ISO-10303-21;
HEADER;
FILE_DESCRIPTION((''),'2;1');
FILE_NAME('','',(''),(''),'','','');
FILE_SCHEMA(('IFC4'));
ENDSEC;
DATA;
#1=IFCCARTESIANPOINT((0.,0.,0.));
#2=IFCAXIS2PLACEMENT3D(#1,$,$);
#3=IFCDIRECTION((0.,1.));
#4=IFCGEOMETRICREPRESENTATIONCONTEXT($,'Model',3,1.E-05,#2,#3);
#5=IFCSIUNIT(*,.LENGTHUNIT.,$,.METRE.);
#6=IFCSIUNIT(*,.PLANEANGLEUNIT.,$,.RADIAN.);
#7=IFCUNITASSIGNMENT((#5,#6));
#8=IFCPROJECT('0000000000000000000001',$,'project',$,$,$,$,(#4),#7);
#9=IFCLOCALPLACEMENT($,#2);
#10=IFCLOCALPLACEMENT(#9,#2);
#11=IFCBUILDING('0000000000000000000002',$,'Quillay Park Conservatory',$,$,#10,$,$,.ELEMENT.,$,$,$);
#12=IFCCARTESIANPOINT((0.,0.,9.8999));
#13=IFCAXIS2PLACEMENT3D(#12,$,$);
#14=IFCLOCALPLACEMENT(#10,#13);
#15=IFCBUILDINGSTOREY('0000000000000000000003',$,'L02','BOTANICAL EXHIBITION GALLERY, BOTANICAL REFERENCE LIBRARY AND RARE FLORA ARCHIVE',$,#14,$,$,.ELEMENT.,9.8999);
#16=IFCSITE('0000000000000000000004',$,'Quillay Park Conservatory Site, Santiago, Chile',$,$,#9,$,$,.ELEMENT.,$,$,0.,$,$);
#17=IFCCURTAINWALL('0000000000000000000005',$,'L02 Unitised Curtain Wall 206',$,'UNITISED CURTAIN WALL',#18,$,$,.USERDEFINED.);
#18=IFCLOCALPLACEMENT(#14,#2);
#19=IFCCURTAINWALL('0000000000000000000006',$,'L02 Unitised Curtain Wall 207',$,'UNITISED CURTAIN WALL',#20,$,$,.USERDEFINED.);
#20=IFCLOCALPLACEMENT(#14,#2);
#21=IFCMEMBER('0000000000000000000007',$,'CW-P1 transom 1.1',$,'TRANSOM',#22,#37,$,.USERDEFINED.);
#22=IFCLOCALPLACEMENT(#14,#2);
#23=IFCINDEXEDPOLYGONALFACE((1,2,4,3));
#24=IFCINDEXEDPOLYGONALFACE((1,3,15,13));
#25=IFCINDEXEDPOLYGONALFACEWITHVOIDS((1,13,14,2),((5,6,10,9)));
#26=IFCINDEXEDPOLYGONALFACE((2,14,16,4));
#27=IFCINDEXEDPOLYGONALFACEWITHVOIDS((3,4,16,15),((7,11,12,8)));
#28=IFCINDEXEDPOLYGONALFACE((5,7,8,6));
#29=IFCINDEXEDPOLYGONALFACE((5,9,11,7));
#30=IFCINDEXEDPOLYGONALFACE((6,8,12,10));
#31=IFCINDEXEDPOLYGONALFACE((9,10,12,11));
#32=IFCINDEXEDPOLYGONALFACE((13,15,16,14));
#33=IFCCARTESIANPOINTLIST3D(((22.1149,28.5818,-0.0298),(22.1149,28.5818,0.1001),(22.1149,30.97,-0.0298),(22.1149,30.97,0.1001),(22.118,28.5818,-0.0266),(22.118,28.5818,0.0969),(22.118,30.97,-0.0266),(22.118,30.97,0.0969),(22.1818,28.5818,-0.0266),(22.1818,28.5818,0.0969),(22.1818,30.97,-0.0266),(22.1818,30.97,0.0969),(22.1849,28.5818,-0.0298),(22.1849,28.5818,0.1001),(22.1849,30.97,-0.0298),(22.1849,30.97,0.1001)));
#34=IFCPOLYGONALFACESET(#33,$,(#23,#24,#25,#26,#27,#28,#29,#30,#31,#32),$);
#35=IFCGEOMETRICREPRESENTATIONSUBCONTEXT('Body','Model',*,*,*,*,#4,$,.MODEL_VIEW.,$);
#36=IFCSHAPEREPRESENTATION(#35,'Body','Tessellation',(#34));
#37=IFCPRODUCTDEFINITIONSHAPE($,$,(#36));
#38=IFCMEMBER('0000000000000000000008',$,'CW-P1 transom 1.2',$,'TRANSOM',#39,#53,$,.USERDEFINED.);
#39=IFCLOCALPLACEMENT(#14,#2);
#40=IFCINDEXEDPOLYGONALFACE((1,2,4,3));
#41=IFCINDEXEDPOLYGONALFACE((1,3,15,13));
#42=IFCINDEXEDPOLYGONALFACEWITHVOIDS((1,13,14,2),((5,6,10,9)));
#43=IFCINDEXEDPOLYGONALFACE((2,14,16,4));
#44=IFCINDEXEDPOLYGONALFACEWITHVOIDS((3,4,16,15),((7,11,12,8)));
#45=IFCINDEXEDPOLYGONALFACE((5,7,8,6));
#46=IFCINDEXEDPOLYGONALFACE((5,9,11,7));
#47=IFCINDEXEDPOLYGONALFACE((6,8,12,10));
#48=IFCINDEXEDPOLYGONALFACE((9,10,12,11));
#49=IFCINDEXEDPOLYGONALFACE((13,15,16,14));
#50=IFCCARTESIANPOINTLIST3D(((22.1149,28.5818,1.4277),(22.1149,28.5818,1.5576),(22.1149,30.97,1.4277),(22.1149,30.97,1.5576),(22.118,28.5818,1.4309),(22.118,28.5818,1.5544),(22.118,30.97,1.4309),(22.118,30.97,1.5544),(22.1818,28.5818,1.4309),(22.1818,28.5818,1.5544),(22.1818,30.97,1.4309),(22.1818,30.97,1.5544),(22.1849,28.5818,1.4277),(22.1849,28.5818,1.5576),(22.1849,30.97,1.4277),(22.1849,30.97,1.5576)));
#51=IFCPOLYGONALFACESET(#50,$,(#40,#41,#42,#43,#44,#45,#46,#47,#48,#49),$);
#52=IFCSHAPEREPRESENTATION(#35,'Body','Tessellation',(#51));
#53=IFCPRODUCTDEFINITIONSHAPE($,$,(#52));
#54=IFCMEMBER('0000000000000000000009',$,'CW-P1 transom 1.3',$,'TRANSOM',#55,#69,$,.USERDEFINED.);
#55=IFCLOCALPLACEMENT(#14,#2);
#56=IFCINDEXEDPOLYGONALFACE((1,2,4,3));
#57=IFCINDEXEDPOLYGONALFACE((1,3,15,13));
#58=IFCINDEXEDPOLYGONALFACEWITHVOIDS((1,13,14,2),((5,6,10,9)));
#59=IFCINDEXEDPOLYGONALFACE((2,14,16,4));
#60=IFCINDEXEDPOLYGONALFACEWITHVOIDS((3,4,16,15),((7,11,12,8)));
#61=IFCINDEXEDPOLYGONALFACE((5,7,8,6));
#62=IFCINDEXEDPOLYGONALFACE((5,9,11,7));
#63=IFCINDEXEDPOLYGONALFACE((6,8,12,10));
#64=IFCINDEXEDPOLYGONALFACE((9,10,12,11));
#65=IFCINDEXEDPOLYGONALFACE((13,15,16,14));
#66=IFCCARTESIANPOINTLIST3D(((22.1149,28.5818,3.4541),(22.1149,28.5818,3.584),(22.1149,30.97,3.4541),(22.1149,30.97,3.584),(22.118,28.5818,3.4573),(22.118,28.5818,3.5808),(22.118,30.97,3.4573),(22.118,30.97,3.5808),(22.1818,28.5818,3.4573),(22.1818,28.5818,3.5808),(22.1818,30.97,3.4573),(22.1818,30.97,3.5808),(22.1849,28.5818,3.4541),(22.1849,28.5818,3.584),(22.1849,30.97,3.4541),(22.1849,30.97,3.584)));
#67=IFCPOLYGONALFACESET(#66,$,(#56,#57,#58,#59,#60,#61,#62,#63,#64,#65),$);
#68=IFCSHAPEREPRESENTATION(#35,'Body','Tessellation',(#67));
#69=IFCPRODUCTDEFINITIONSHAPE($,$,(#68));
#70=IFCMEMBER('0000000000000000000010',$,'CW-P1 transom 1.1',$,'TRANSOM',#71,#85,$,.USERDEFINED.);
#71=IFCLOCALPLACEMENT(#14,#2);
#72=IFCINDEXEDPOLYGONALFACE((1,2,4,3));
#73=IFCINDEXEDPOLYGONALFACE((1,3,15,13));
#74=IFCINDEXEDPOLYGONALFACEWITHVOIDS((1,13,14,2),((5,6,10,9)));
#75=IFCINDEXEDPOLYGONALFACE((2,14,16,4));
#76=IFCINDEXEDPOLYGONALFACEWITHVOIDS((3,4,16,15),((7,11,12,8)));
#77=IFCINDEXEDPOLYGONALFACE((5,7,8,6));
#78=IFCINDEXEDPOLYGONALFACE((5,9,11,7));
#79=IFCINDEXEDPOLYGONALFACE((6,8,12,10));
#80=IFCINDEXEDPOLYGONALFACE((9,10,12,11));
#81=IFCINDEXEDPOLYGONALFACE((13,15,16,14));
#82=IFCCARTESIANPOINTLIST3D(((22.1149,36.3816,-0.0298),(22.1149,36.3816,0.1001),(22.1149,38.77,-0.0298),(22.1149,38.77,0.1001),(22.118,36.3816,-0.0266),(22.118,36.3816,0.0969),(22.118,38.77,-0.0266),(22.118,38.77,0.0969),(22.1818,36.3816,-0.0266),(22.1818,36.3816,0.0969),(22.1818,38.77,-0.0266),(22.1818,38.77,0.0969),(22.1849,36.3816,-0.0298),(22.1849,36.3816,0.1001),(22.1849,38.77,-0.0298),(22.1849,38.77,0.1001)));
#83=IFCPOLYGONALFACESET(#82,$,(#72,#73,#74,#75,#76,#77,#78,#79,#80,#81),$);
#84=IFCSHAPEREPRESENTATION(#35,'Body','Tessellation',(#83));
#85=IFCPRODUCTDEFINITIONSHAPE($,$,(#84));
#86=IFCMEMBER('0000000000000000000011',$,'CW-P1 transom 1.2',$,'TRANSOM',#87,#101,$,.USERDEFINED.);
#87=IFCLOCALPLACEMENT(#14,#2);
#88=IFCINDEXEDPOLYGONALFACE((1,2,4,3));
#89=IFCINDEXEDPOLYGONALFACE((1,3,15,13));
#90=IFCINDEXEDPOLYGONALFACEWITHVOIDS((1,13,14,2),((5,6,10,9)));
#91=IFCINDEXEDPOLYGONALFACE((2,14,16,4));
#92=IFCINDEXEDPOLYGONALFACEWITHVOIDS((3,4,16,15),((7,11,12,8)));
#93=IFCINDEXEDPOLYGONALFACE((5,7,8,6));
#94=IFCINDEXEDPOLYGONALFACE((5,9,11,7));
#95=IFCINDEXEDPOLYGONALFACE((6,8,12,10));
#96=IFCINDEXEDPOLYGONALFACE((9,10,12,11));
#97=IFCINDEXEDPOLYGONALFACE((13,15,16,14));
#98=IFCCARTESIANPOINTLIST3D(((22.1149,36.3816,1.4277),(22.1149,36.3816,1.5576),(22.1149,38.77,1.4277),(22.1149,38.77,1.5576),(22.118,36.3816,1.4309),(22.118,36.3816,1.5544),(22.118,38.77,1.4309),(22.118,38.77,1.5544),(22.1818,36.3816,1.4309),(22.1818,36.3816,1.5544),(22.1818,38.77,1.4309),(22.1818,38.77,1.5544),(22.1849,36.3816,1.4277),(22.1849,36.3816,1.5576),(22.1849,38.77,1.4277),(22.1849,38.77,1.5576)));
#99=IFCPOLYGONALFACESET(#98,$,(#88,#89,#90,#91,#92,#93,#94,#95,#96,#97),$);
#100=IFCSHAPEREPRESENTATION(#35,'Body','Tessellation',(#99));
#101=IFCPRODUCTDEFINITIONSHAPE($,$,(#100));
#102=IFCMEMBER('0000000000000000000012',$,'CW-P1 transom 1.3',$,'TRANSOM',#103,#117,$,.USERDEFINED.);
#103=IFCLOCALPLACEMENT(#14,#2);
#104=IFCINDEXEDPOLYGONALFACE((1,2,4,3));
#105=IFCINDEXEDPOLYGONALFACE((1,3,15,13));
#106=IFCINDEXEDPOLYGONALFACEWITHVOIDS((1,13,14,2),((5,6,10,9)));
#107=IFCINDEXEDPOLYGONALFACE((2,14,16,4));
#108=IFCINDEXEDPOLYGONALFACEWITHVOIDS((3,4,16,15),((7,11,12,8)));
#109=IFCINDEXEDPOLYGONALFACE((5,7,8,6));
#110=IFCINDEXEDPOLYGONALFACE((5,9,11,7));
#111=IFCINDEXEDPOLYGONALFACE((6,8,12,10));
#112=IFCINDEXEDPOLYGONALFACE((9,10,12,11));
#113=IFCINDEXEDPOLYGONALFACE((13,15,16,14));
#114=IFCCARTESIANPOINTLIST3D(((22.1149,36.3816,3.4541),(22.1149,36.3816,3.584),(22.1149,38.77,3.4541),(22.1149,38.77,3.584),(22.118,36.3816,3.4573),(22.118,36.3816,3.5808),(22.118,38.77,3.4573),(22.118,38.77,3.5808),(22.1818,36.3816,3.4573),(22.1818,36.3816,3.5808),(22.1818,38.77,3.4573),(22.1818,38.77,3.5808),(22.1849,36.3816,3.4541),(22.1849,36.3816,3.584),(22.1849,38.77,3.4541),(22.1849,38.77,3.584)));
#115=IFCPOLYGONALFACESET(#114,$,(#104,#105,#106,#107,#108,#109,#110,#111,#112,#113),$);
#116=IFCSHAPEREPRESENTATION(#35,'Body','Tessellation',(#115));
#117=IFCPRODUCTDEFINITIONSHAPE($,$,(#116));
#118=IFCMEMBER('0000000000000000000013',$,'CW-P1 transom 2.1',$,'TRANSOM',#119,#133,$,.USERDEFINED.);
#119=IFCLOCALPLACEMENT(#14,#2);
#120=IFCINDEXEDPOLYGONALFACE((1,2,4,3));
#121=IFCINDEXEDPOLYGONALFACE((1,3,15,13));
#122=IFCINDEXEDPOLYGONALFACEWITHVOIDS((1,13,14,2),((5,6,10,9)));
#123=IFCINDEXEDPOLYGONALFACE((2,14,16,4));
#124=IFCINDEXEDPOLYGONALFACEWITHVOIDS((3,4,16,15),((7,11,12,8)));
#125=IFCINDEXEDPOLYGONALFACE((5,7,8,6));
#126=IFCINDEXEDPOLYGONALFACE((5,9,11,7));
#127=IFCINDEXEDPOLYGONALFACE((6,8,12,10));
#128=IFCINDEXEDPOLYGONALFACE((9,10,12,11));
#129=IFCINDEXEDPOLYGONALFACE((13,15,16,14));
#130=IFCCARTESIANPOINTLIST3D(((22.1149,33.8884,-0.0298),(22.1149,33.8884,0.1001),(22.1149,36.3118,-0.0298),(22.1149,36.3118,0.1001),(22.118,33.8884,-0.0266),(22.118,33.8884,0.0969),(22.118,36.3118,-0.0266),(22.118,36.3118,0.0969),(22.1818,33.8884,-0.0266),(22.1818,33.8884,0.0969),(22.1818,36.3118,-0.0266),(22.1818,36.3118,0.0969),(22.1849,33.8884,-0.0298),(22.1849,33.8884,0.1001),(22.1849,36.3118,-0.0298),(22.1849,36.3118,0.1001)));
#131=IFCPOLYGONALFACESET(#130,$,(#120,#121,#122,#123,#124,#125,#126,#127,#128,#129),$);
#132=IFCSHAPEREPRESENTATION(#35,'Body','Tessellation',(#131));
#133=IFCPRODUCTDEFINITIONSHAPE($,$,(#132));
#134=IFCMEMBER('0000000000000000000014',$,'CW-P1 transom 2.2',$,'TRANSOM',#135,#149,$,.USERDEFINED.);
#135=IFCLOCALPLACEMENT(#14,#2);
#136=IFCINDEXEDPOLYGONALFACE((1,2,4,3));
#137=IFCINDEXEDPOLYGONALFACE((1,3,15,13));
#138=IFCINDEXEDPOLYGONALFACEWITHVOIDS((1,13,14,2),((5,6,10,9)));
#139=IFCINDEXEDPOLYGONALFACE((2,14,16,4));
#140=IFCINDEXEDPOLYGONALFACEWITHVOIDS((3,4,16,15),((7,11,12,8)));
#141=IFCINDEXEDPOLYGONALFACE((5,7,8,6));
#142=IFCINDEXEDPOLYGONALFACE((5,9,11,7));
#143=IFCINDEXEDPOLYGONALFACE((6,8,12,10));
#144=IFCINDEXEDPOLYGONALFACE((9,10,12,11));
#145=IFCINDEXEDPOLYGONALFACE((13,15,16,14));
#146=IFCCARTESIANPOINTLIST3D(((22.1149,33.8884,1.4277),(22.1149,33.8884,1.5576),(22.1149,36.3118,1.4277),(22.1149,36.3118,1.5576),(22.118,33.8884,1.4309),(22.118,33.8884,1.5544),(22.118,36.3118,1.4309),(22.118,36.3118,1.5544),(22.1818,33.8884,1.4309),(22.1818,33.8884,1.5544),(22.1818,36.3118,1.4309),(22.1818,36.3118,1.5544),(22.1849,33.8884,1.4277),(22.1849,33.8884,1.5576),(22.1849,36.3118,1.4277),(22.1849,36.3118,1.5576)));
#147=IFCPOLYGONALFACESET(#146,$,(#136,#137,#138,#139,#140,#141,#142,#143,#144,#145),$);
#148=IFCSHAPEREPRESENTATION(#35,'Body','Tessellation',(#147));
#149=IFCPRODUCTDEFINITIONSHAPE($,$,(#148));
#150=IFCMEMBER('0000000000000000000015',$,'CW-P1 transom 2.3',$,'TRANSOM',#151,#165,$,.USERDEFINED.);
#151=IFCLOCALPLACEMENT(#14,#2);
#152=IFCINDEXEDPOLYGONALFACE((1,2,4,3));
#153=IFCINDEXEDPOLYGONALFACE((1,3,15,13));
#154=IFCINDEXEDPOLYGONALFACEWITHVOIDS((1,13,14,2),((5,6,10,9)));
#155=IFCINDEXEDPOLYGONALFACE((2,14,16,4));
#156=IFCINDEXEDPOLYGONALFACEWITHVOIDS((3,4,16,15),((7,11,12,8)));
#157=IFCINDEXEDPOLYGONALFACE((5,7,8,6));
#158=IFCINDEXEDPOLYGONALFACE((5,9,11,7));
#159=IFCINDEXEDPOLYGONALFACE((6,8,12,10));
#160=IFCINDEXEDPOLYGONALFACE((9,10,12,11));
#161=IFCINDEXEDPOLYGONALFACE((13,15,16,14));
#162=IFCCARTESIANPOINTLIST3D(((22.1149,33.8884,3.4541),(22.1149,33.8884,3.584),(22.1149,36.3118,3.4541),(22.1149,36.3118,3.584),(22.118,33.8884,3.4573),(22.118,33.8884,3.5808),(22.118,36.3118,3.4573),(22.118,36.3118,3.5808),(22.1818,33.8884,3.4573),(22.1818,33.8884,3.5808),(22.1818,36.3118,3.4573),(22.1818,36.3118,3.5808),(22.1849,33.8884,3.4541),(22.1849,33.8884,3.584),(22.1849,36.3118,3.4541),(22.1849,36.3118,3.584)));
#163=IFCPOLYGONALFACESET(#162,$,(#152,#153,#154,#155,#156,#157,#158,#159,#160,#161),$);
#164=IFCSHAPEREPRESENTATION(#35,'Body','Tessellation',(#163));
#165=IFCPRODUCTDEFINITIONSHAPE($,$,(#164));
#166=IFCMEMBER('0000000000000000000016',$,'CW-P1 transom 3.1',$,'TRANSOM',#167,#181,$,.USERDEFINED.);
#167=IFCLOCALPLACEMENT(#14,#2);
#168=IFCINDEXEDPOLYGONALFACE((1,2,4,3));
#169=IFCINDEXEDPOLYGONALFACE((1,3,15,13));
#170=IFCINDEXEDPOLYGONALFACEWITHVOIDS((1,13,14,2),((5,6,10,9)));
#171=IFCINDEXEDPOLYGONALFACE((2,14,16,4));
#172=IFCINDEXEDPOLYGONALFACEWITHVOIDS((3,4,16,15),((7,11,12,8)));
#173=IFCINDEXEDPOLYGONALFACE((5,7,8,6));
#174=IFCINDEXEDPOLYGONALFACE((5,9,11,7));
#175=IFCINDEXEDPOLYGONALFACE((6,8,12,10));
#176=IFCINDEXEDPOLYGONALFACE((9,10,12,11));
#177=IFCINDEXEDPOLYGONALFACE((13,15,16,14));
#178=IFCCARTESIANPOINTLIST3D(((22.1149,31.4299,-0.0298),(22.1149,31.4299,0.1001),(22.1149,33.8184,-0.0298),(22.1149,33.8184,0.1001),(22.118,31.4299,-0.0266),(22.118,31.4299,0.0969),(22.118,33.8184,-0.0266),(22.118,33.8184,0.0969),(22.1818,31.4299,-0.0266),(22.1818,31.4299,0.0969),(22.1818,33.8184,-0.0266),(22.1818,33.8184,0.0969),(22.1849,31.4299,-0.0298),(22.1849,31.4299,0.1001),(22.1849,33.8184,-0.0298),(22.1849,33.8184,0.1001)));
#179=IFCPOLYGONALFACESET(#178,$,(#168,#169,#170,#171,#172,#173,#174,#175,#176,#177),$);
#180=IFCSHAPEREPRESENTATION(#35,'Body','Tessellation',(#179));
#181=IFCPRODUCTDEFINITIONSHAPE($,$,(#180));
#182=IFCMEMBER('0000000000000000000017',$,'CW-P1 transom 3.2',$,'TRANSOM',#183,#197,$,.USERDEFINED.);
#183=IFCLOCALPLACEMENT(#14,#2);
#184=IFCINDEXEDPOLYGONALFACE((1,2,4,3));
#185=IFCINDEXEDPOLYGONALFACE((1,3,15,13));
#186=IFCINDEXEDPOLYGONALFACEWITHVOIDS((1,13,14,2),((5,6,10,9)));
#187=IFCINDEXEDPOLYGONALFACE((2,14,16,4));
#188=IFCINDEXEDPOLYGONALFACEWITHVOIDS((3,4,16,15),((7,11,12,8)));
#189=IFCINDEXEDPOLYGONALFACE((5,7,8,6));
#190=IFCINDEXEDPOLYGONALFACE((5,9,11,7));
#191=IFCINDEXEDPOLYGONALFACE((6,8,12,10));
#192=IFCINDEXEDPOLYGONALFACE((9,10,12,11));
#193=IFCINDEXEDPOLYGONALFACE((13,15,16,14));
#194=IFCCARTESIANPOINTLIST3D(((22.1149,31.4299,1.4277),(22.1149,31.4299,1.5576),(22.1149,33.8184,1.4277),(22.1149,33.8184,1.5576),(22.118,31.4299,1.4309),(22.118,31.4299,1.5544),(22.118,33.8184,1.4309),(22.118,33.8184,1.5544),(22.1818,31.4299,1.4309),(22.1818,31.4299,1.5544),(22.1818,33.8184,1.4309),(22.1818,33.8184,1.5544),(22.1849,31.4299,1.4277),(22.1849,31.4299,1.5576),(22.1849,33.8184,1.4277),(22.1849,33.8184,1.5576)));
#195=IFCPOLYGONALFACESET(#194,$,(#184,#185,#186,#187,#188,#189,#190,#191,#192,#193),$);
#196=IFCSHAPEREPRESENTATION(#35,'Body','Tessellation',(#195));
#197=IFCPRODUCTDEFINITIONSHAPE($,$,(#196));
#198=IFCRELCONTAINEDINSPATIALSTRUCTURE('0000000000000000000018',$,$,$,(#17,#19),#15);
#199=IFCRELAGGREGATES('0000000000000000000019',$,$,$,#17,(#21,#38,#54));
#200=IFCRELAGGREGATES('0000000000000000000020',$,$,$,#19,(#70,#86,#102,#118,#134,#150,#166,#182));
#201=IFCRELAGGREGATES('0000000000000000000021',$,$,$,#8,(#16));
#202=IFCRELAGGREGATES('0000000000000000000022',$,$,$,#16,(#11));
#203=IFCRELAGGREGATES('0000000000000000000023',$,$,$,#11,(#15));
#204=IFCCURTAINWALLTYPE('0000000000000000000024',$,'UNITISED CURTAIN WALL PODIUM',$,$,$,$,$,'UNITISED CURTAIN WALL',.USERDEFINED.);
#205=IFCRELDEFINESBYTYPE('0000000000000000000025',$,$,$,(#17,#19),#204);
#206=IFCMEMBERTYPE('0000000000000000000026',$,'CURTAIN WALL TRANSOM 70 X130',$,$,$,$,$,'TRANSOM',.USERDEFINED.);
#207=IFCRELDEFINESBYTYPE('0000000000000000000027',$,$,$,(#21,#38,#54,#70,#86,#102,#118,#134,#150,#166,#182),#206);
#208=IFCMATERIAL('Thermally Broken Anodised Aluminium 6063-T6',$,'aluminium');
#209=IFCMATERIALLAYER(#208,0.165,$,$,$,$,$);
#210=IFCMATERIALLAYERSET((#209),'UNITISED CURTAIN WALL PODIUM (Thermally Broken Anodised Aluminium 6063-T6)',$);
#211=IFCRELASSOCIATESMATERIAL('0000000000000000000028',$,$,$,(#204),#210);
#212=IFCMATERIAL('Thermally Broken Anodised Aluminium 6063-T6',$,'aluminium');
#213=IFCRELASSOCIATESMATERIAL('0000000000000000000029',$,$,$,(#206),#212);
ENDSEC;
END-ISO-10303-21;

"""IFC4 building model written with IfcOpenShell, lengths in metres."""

from ifc_helpers import new_model, si_unit, direction, frame, origin, origin_2d, place, context, subcontext, project, spatial, hollow_rectangle, extrude, material, layer, layer_set, material_profile, profile_set, type_object, element, aggregate, save


model = new_model("IFC4")

# Units and contexts
model_context = context("Model", 3, precision=1e-05, world=origin(), true_north=direction((0.0, 1.0)))
body_context = subcontext(model_context, "Body", "Model", "MODEL_VIEW")
ifc_project = project(units=[si_unit("LENGTHUNIT", "METRE"), si_unit("PLANEANGLEUNIT", "RADIAN")], contexts=[model_context])

# Site, building, storey
site_placement = place(None, origin())
site = spatial("IfcSite", under=ifc_project, at=site_placement, Name="Quillay Park Conservatory Site, Santiago, Chile", CompositionType="ELEMENT", RefElevation=0.0)
building_placement = place(site_placement, origin())
building = spatial("IfcBuilding", under=site, at=building_placement, Name="Quillay Park Conservatory", CompositionType="ELEMENT")
storey_placement = place(building_placement, frame((0.0, 0.0, 9.8999)))
storey = spatial("IfcBuildingStorey", under=building, at=storey_placement, Name="L02", Description="BOTANICAL EXHIBITION GALLERY, BOTANICAL REFERENCE LIBRARY AND RARE FLORA ARCHIVE", CompositionType="ELEMENT", Elevation=9.8999)

# Curtain wall
ifc_material_1 = material(Name="Thermally Broken Anodised Aluminium 6063-T6", Category="aluminium")
ifc_layer_1 = layer(ifc_material_1, 0.165)
ifc_layer_set_1 = layer_set([ifc_layer_1], Name="UNITISED CURTAIN WALL PODIUM (Thermally Broken Anodised Aluminium 6063-T6)")
curtain_wall_type = type_object("IfcCurtainWallType", Name="UNITISED CURTAIN WALL PODIUM", ElementType="UNITISED CURTAIN WALL", PredefinedType="USERDEFINED", material=ifc_layer_set_1)
curtain_wall_1_placement = place(storey_placement, origin())
curtain_wall_1 = element("IfcCurtainWall", 1, at=curtain_wall_1_placement, inside=storey, type_object=curtain_wall_type, Name="L02 Unitised Curtain Wall 206", ObjectType="UNITISED CURTAIN WALL", PredefinedType="USERDEFINED")

# Curtain wall
curtain_wall_2_placement = place(storey_placement, origin())
curtain_wall_2 = element("IfcCurtainWall", 2, at=curtain_wall_2_placement, inside=storey, type_object=curtain_wall_type, Name="L02 Unitised Curtain Wall 207", ObjectType="UNITISED CURTAIN WALL", PredefinedType="USERDEFINED")

# Members
ifc_material_2 = material(Name="Thermally Broken Anodised Aluminium 6063-T6", Category="aluminium")
ifc_material_profile_1 = material_profile(ifc_material_2, hollow_rectangle(XDim=0.0701, YDim=0.1299, WallThickness=0.0032, at=origin_2d()), Name="AL70x130x3.2")
ifc_profile_set_1 = profile_set([ifc_material_profile_1], Name="Thermally Broken Anodised Aluminium 6063-T6")
member_type_1 = type_object("IfcMemberType", Name="CURTAIN WALL TRANSOM 70 X130", ElementType="TRANSOM", PredefinedType="USERDEFINED", material=ifc_profile_set_1)
member_1_placement = place(storey_placement, frame((22.1499, 30.97, 0.0352), z_axis=(0.0, -1.0, 0.0), x_axis=(1.0, 0.0, 0.0)))
member_1 = element("IfcMember", 3, at=member_1_placement, type_object=member_type_1, Name="CW-P1 transom 1.1", ObjectType="TRANSOM", PredefinedType="USERDEFINED", context=body_context, shape_type="SweptSolid", body=[
    extrude(hollow_rectangle(XDim=0.0701, YDim=0.1299, WallThickness=0.0032, at=origin_2d()), origin(), (0.0, 0.0, 1.0), 2.3882),
])
member_2_placement = place(storey_placement, frame((22.1499, 30.97, 1.4927), z_axis=(0.0, -1.0, 0.0), x_axis=(1.0, 0.0, 0.0)))
member_2 = element("IfcMember", 4, at=member_2_placement, type_object=member_type_1, Name="CW-P1 transom 1.2", ObjectType="TRANSOM", PredefinedType="USERDEFINED", context=body_context, shape_type="SweptSolid", body=[
    extrude(hollow_rectangle(XDim=0.0701, YDim=0.1299, WallThickness=0.0032, at=origin_2d()), origin(), (0.0, 0.0, 1.0), 2.3882),
])
member_3_placement = place(storey_placement, frame((22.1499, 30.97, 3.519), z_axis=(0.0, -1.0, 0.0), x_axis=(1.0, 0.0, 0.0)))
member_3 = element("IfcMember", 5, at=member_3_placement, type_object=member_type_1, Name="CW-P1 transom 1.3", ObjectType="TRANSOM", PredefinedType="USERDEFINED", context=body_context, shape_type="SweptSolid", body=[
    extrude(hollow_rectangle(XDim=0.0701, YDim=0.1299, WallThickness=0.0032, at=origin_2d()), origin(), (0.0, 0.0, 1.0), 2.3882),
])
member_4_placement = place(storey_placement, frame((22.1499, 38.77, 0.0352), z_axis=(0.0, -1.0, 0.0), x_axis=(1.0, 0.0, 0.0)))
member_4 = element("IfcMember", 6, at=member_4_placement, type_object=member_type_1, Name="CW-P1 transom 1.1", ObjectType="TRANSOM", PredefinedType="USERDEFINED", context=body_context, shape_type="SweptSolid", body=[
    extrude(hollow_rectangle(XDim=0.0701, YDim=0.1299, WallThickness=0.0032, at=origin_2d()), origin(), (0.0, 0.0, 1.0), 2.3884),
])
member_5_placement = place(storey_placement, frame((22.1499, 38.77, 1.4927), z_axis=(0.0, -1.0, 0.0), x_axis=(1.0, 0.0, 0.0)))
member_5 = element("IfcMember", 7, at=member_5_placement, type_object=member_type_1, Name="CW-P1 transom 1.2", ObjectType="TRANSOM", PredefinedType="USERDEFINED", context=body_context, shape_type="SweptSolid", body=[
    extrude(hollow_rectangle(XDim=0.0701, YDim=0.1299, WallThickness=0.0032, at=origin_2d()), origin(), (0.0, 0.0, 1.0), 2.3884),
])
member_6_placement = place(storey_placement, frame((22.1499, 38.77, 3.519), z_axis=(0.0, -1.0, 0.0), x_axis=(1.0, 0.0, 0.0)))
member_6 = element("IfcMember", 8, at=member_6_placement, type_object=member_type_1, Name="CW-P1 transom 1.3", ObjectType="TRANSOM", PredefinedType="USERDEFINED", context=body_context, shape_type="SweptSolid", body=[
    extrude(hollow_rectangle(XDim=0.0701, YDim=0.1299, WallThickness=0.0032, at=origin_2d()), origin(), (0.0, 0.0, 1.0), 2.3884),
])
member_7_placement = place(storey_placement, frame((22.1499, 36.3118, 0.0352), z_axis=(0.0, -1.0, 0.0), x_axis=(1.0, 0.0, 0.0)))
member_7 = element("IfcMember", 9, at=member_7_placement, type_object=member_type_1, Name="CW-P1 transom 2.1", ObjectType="TRANSOM", PredefinedType="USERDEFINED", context=body_context, shape_type="SweptSolid", body=[
    extrude(hollow_rectangle(XDim=0.0701, YDim=0.1299, WallThickness=0.0032, at=origin_2d()), origin(), (0.0, 0.0, 1.0), 2.4233),
])
member_8_placement = place(storey_placement, frame((22.1499, 36.3118, 1.4927), z_axis=(0.0, -1.0, 0.0), x_axis=(1.0, 0.0, 0.0)))
member_8 = element("IfcMember", 10, at=member_8_placement, type_object=member_type_1, Name="CW-P1 transom 2.2", ObjectType="TRANSOM", PredefinedType="USERDEFINED", context=body_context, shape_type="SweptSolid", body=[
    extrude(hollow_rectangle(XDim=0.0701, YDim=0.1299, WallThickness=0.0032, at=origin_2d()), origin(), (0.0, 0.0, 1.0), 2.4233),
])
member_9_placement = place(storey_placement, frame((22.1499, 36.3118, 3.519), z_axis=(0.0, -1.0, 0.0), x_axis=(1.0, 0.0, 0.0)))
member_9 = element("IfcMember", 11, at=member_9_placement, type_object=member_type_1, Name="CW-P1 transom 2.3", ObjectType="TRANSOM", PredefinedType="USERDEFINED", context=body_context, shape_type="SweptSolid", body=[
    extrude(hollow_rectangle(XDim=0.0701, YDim=0.1299, WallThickness=0.0032, at=origin_2d()), origin(), (0.0, 0.0, 1.0), 2.4233),
])
member_10_placement = place(storey_placement, frame((22.1499, 33.8184, 0.0352), z_axis=(0.0, -1.0, 0.0), x_axis=(1.0, 0.0, 0.0)))
member_10 = element("IfcMember", 12, at=member_10_placement, type_object=member_type_1, Name="CW-P1 transom 3.1", ObjectType="TRANSOM", PredefinedType="USERDEFINED", context=body_context, shape_type="SweptSolid", body=[
    extrude(hollow_rectangle(XDim=0.0701, YDim=0.1299, WallThickness=0.0032, at=origin_2d()), origin(), (0.0, 0.0, 1.0), 2.3884),
])
member_11_placement = place(storey_placement, frame((22.1499, 33.8184, 1.4927), z_axis=(0.0, -1.0, 0.0), x_axis=(1.0, 0.0, 0.0)))
member_11 = element("IfcMember", 13, at=member_11_placement, type_object=member_type_1, Name="CW-P1 transom 3.2", ObjectType="TRANSOM", PredefinedType="USERDEFINED", context=body_context, shape_type="SweptSolid", body=[
    extrude(hollow_rectangle(XDim=0.0701, YDim=0.1299, WallThickness=0.0032, at=origin_2d()), origin(), (0.0, 0.0, 1.0), 2.3884),
])

aggregate(curtain_wall_1, [member_1, member_2, member_3])
aggregate(curtain_wall_2, [member_4, member_5, member_6, member_7, member_8, member_9, member_10, member_11])

save(model, "model.ifc")
